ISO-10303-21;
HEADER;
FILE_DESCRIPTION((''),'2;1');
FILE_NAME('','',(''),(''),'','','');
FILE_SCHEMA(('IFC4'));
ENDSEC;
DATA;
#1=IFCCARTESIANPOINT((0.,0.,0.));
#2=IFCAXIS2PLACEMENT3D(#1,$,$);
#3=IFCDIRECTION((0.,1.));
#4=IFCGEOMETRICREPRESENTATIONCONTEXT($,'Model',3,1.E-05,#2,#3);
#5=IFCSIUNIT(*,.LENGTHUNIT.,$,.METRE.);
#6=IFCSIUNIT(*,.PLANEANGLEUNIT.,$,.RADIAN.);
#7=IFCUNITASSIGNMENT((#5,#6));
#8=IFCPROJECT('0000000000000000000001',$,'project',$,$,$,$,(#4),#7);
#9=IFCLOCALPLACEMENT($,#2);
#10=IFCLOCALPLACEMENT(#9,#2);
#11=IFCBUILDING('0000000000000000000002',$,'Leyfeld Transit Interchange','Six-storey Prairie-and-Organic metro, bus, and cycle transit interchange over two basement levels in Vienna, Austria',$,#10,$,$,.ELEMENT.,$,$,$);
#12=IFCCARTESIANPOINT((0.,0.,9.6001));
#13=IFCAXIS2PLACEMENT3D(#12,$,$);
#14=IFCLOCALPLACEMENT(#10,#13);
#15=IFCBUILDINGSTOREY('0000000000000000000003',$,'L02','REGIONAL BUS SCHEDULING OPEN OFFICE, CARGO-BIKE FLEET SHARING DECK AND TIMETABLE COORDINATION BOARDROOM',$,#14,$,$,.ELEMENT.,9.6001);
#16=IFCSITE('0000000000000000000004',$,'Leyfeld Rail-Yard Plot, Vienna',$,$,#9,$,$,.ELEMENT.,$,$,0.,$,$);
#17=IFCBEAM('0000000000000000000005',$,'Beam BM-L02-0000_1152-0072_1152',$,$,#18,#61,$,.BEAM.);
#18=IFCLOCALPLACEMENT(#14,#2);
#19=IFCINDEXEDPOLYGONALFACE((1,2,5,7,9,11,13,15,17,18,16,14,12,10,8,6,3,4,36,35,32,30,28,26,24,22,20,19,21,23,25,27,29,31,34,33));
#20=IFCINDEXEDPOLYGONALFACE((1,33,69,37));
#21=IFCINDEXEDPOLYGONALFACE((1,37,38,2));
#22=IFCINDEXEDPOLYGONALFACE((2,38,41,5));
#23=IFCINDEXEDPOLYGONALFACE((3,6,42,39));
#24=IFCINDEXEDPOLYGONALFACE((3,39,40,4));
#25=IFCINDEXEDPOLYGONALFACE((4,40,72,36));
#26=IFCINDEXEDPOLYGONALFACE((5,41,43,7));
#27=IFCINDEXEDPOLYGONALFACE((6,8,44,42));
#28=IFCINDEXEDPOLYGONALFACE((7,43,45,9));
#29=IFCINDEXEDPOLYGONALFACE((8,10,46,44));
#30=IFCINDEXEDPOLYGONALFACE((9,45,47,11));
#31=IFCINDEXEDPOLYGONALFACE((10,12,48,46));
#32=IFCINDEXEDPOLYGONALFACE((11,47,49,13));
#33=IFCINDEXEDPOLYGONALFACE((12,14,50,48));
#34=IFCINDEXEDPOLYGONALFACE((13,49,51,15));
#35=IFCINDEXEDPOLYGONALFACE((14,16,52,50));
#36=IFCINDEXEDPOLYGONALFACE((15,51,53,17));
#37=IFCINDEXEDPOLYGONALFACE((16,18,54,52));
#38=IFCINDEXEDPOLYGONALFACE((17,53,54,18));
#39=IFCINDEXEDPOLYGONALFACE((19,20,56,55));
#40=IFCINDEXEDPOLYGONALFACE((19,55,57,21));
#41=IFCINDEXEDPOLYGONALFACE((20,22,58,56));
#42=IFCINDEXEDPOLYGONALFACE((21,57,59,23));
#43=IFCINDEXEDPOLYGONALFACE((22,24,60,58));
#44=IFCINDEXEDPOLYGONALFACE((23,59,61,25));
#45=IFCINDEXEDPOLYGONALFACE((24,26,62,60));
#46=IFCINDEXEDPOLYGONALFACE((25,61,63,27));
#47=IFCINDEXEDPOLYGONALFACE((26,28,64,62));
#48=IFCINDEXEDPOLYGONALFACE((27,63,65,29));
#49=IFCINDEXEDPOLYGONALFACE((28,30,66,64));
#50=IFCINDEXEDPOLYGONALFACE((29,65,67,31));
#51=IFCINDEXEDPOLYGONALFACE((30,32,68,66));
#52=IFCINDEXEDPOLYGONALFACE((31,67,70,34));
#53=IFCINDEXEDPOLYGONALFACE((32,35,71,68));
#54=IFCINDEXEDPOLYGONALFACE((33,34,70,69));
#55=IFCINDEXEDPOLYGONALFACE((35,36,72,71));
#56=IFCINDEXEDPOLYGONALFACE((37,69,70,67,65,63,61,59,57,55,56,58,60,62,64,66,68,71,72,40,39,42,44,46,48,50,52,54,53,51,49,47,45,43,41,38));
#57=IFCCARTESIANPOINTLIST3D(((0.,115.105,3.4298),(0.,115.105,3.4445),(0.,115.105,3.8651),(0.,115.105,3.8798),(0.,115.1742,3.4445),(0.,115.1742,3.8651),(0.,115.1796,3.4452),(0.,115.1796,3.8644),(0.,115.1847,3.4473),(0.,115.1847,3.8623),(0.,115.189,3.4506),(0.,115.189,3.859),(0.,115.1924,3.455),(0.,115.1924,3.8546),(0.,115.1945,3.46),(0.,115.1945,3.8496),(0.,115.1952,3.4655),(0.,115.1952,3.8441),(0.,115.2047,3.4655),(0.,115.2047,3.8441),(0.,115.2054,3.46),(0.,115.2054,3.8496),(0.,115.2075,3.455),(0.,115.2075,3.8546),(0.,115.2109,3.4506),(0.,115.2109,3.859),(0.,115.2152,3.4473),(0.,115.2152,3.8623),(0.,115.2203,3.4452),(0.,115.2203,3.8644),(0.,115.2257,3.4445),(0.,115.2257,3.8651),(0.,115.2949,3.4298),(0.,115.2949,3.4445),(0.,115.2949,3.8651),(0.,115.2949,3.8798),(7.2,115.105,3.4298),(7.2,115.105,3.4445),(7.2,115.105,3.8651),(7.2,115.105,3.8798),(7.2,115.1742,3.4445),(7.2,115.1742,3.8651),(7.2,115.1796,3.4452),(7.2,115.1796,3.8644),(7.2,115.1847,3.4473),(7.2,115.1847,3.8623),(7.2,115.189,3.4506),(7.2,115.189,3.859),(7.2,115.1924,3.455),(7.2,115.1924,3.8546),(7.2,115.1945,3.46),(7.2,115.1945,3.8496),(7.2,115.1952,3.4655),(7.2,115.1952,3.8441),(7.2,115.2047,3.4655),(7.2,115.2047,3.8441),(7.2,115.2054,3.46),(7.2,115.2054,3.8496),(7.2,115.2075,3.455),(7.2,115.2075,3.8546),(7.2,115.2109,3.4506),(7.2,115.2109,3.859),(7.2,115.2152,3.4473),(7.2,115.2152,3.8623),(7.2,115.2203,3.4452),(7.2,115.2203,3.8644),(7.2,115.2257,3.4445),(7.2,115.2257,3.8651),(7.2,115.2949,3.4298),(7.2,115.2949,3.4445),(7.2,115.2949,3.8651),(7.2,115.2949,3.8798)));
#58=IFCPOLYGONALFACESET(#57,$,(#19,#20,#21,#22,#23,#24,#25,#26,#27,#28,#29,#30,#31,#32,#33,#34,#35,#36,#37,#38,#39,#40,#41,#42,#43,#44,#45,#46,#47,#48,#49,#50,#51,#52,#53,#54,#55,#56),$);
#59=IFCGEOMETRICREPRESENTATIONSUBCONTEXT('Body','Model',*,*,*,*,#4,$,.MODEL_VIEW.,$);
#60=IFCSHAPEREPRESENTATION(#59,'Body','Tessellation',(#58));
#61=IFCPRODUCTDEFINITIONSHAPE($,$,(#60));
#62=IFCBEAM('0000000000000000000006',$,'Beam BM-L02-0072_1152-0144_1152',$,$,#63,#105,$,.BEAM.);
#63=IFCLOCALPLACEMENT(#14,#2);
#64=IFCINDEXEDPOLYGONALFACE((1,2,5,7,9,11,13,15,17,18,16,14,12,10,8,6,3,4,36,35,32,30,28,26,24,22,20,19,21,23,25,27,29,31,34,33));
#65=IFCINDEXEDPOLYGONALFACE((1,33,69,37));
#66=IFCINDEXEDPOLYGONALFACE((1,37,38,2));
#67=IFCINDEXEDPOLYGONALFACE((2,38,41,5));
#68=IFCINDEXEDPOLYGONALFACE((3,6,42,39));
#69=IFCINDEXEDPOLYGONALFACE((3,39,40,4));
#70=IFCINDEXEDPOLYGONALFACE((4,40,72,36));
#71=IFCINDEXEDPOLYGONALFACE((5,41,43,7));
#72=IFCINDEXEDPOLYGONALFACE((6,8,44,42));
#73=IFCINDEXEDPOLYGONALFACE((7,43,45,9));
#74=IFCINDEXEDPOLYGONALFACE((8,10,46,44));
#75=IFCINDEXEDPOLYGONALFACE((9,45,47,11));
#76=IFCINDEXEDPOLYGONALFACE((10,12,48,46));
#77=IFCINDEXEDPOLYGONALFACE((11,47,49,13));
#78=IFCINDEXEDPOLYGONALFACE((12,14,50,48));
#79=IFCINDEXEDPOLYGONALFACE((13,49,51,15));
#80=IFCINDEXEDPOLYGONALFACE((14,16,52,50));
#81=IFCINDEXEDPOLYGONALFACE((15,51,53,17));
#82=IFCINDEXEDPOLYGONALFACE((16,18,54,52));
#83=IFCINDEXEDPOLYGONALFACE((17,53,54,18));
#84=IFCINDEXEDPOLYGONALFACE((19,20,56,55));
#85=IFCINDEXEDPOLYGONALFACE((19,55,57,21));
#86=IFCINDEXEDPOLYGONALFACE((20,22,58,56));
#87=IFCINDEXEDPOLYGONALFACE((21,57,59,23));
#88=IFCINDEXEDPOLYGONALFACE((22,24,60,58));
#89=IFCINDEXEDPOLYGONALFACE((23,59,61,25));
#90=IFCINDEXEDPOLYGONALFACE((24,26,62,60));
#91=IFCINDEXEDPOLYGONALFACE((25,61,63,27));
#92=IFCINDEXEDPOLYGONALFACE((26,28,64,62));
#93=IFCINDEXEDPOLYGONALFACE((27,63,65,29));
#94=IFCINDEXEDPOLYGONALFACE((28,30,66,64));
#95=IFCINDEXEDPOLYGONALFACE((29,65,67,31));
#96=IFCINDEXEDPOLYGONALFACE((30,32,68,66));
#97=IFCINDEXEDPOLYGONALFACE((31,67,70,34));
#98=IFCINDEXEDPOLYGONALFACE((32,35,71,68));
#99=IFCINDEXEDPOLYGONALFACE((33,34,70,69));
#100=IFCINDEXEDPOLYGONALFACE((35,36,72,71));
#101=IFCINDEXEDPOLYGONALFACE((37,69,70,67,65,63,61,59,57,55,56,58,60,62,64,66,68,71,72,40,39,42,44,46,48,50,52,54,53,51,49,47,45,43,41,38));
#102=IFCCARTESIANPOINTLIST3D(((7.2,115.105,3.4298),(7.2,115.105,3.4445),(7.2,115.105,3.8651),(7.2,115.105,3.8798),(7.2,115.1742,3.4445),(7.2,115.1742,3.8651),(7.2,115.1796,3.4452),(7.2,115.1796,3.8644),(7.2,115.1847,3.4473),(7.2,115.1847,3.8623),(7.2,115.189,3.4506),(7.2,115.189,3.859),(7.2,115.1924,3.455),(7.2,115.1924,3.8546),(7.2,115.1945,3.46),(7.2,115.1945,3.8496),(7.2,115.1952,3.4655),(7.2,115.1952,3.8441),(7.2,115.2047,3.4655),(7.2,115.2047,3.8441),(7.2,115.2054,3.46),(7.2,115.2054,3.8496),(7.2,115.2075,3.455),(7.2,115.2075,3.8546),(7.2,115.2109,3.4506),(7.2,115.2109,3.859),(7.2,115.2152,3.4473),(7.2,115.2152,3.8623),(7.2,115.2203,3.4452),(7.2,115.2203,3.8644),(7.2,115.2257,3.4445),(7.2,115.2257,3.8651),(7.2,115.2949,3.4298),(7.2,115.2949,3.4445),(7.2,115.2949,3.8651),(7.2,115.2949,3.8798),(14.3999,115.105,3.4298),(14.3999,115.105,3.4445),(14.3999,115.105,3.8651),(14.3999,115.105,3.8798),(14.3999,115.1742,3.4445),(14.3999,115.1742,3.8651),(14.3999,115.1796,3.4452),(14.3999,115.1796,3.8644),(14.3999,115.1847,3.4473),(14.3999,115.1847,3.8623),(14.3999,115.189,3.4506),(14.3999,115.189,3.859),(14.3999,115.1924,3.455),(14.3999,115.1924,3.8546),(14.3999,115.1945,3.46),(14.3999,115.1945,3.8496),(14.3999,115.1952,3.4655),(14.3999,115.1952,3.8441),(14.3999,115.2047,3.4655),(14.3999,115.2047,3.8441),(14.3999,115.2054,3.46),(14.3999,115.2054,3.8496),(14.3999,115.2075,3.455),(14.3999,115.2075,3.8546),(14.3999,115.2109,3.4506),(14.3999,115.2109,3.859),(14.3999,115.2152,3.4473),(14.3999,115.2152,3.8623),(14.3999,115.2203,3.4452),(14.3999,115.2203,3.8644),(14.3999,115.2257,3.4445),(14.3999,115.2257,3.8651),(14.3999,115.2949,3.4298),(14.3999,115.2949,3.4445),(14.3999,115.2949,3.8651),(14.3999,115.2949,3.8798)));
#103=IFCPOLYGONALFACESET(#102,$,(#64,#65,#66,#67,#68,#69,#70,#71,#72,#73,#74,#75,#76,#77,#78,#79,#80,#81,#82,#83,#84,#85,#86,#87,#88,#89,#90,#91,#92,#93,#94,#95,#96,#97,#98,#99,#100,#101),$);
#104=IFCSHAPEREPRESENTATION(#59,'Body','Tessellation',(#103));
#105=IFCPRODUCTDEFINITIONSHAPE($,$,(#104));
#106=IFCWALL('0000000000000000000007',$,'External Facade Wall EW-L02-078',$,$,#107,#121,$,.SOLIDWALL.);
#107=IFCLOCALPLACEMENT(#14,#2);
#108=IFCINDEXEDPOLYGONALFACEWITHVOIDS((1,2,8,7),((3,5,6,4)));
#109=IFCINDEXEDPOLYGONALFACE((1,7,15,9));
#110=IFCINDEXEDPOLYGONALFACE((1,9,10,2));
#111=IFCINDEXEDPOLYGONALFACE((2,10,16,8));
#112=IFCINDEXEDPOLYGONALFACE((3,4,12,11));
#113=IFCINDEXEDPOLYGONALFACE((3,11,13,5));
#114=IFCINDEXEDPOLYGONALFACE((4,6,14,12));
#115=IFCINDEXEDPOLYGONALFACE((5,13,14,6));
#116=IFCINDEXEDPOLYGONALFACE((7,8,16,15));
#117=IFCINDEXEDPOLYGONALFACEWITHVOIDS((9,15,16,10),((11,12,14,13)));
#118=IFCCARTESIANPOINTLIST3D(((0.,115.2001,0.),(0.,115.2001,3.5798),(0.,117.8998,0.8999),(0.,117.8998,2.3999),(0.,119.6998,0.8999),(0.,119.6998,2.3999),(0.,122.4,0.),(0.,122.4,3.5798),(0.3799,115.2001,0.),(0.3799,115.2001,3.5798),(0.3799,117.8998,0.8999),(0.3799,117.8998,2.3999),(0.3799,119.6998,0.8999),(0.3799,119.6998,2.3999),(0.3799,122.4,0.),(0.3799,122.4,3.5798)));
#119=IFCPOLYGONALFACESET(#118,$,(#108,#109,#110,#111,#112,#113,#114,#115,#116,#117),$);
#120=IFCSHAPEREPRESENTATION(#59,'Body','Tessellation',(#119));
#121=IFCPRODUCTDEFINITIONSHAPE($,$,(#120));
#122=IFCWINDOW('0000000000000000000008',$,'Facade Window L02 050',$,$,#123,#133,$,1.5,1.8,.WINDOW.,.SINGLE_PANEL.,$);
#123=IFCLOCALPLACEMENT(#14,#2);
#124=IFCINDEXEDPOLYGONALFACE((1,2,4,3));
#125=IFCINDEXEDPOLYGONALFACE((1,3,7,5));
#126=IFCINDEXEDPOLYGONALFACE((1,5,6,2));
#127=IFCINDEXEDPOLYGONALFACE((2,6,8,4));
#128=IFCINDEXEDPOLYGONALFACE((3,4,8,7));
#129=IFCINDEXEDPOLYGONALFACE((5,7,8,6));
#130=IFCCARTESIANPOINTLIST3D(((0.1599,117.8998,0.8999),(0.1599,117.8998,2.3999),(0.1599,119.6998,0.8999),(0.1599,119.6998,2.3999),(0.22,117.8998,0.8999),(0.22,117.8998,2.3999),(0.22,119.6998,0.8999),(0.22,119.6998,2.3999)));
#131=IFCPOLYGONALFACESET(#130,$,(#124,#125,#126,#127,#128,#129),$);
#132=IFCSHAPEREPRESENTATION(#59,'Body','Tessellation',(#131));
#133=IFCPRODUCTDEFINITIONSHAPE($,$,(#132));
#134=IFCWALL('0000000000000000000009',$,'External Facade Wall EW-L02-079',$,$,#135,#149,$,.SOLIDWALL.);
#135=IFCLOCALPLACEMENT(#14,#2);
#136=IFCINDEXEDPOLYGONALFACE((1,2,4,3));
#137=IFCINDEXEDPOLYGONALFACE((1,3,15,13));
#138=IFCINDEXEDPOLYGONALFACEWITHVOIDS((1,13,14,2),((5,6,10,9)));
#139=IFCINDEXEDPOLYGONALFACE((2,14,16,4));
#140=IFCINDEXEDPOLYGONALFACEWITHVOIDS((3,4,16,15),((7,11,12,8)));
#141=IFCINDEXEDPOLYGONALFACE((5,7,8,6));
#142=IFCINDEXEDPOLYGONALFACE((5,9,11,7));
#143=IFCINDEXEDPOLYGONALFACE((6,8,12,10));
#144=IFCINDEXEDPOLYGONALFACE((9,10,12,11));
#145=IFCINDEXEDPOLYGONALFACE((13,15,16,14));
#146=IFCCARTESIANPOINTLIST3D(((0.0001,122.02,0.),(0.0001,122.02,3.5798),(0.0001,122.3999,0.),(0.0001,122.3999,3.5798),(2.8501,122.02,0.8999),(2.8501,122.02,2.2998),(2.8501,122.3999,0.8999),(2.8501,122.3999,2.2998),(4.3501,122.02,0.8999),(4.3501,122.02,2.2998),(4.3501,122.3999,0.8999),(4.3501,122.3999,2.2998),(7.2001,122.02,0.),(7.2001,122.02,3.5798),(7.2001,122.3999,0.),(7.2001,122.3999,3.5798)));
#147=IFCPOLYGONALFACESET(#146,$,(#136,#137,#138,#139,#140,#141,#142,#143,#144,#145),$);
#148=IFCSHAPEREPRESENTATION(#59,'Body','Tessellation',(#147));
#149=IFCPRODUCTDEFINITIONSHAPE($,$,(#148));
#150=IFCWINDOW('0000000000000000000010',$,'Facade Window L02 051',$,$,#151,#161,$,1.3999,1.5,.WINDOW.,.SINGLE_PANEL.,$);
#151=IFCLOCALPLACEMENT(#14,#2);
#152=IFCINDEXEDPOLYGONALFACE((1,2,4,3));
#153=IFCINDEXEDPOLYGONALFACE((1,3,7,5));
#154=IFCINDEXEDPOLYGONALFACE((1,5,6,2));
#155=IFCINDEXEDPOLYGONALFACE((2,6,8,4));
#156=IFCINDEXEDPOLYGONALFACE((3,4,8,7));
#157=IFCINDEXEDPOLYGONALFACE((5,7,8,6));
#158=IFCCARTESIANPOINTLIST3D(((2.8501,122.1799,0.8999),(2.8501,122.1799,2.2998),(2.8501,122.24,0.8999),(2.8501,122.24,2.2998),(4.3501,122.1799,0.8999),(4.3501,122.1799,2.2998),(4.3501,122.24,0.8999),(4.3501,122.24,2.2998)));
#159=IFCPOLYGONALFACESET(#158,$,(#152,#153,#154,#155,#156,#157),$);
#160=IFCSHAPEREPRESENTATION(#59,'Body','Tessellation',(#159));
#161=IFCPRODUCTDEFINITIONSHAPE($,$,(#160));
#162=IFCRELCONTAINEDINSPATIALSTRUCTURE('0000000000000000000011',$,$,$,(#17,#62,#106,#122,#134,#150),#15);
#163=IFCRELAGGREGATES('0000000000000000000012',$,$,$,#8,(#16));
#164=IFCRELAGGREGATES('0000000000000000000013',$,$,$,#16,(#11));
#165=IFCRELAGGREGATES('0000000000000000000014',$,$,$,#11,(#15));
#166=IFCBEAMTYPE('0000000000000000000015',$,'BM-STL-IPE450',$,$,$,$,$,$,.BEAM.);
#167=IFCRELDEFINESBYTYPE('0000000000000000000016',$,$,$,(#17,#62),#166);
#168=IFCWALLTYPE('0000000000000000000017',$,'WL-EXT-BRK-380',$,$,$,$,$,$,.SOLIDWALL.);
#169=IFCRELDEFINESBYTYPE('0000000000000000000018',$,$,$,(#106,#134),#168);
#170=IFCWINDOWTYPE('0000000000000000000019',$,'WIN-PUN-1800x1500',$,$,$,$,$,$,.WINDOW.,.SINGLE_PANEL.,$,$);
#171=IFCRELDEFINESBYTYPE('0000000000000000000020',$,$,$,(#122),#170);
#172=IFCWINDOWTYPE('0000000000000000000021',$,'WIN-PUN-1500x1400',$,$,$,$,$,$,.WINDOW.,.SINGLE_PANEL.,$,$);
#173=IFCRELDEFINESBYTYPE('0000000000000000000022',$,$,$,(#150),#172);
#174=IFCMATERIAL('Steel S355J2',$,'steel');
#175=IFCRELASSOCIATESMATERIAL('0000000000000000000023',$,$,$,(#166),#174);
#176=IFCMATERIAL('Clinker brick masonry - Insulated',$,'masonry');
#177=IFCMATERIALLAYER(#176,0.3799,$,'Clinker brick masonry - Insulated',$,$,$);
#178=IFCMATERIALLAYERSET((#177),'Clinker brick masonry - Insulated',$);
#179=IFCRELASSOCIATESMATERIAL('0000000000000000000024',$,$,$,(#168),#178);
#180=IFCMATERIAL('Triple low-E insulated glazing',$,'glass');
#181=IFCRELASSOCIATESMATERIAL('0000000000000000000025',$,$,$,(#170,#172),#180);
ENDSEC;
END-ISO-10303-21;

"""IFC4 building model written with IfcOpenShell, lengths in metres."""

from ifc_helpers import new_model, si_unit, direction, frame, frame_2d, origin, origin_2d, place, context, subcontext, project, spatial, rectangle, i_section, extrude, material, layer, layer_set, material_profile, profile_set, type_object, element, fill, save


model = new_model("IFC4")

# Units and contexts
model_context = context("Model", 3, precision=1e-05, world=origin(), true_north=direction((0.0, 1.0)))
body_context = subcontext(model_context, "Body", "Model", "MODEL_VIEW")
ifc_project = project(units=[si_unit("LENGTHUNIT", "METRE"), si_unit("PLANEANGLEUNIT", "RADIAN")], contexts=[model_context])

# Site, building, storey
site_placement = place(None, origin())
site = spatial("IfcSite", under=ifc_project, at=site_placement, Name="Leyfeld Rail-Yard Plot, Vienna", CompositionType="ELEMENT", RefElevation=0.0)
building_placement = place(site_placement, origin())
building = spatial("IfcBuilding", under=site, at=building_placement, Name="Leyfeld Transit Interchange", Description="Six-storey Prairie-and-Organic metro, bus, and cycle transit interchange over two basement levels in Vienna, Austria", CompositionType="ELEMENT")
storey_placement = place(building_placement, frame((0.0, 0.0, 9.6001)))
storey = spatial("IfcBuildingStorey", under=building, at=storey_placement, Name="L02", Description="REGIONAL BUS SCHEDULING OPEN OFFICE, CARGO-BIKE FLEET SHARING DECK AND TIMETABLE COORDINATION BOARDROOM", CompositionType="ELEMENT", Elevation=9.6001)

# Beams
ifc_material_1 = material(Name="Steel S355J2", Category="steel")
ifc_material_profile_1 = material_profile(ifc_material_1, i_section(OverallWidth=0.1899, OverallDepth=0.45, WebThickness=0.0095, FlangeThickness=0.0146, FilletRadius=0.021, at=origin_2d()), Name="IPE 450")
ifc_profile_set_1 = profile_set([ifc_material_profile_1], Name="Steel S355J2")
beam_type_1 = type_object("IfcBeamType", Name="BM-STL-IPE450", PredefinedType="BEAM", material=ifc_profile_set_1)
for number, where, z_axis, x_axis, name in (
    (1, (0.0, 115.2, 3.6548), (1.0, 0.0, 0.0), (0.0, 1.0, 0.0), "Beam BM-L02-0000_1152-0072_1152"),
    (2, (7.2, 115.2, 3.6548), (1.0, 0.0, 0.0), (0.0, 1.0, 0.0), "Beam BM-L02-0072_1152-0144_1152"),
):
    element("IfcBeam", number, at=place(storey_placement, frame(where, z_axis=z_axis, x_axis=x_axis)), inside=storey, type_object=beam_type_1, Name=name, PredefinedType="BEAM", context=body_context, shape_type="SweptSolid", body=[
        extrude(i_section(OverallWidth=0.1899, OverallDepth=0.45, WebThickness=0.0095, FlangeThickness=0.0146, FilletRadius=0.021, at=origin_2d()), origin(), (0.0, 0.0, 1.0), 7.2),
    ])

# Walls, openings, windows
ifc_material_2 = material(Name="Clinker brick masonry - Insulated", Category="masonry")
ifc_layer_1 = layer(ifc_material_2, 0.3799, Name="Clinker brick masonry - Insulated")
ifc_layer_set_1 = layer_set([ifc_layer_1], Name="Clinker brick masonry - Insulated")
wall_type_1 = type_object("IfcWallType", Name="WL-EXT-BRK-380", PredefinedType="SOLIDWALL", material=ifc_layer_set_1)
wall_1_placement = place(storey_placement, frame((0.1899, 115.2, 0.0), z_axis=(0.0, 0.0, 1.0), x_axis=(0.0, 1.0, 0.0)))
wall_1 = element("IfcWall", 3, at=wall_1_placement, inside=storey, type_object=wall_type_1, Name="External Facade Wall EW-L02-078", PredefinedType="SOLIDWALL", context=body_context, shape_type="SweptSolid", body=[
    extrude(rectangle(XDim=7.2, YDim=0.3799, at=frame_2d((3.6001, 0.0))), origin(), (0.0, 0.0, 1.0), 3.5798),
])
opening_1_placement = place(wall_1_placement, frame((2.7, 0.0, 0.8999)))
opening_1 = element("IfcOpeningElement", 4, at=opening_1_placement, cuts=wall_1, PredefinedType="OPENING", context=body_context, shape_type="SweptSolid", body=[
    extrude(rectangle(XDim=1.8, YDim=1.5, at=frame_2d((0.8999, 0.75))), frame((0.0, 0.2, 0.0), z_axis=(0.0, -1.0, 0.0), x_axis=(1.0, 0.0, 0.0)), (0.0, 0.0, 1.0), 0.3999),
])
ifc_material_3 = material(Name="Triple low-E insulated glazing", Category="glass")
window_type_1 = type_object("IfcWindowType", Name="WIN-PUN-1800x1500", PartitioningType="SINGLE_PANEL", PredefinedType="WINDOW", material=ifc_material_3)
window_1_placement = place(opening_1_placement, origin())
window_1 = element("IfcWindow", 5, at=window_1_placement, inside=storey, type_object=window_type_1, Name="Facade Window L02 050", OverallHeight=1.5, OverallWidth=1.8, PartitioningType="SINGLE_PANEL", PredefinedType="WINDOW", context=body_context, shape_type="SweptSolid", body=[
    extrude(rectangle(XDim=1.8, YDim=1.5, at=frame_2d((0.8999, 0.75))), frame((0.0, 0.03, 0.0), z_axis=(0.0, -1.0, 0.0), x_axis=(1.0, 0.0, 0.0)), (0.0, 0.0, 1.0), 0.0601),
])
fill(opening_1, window_1)
wall_2_placement = place(storey_placement, frame((0.0, 122.21, 0.0), z_axis=(0.0, 0.0, 1.0), x_axis=(1.0, 0.0, 0.0)))
wall_2 = element("IfcWall", 6, at=wall_2_placement, inside=storey, type_object=wall_type_1, Name="External Facade Wall EW-L02-079", PredefinedType="SOLIDWALL", context=body_context, shape_type="SweptSolid", body=[
    extrude(rectangle(XDim=7.2, YDim=0.3799, at=frame_2d((3.6001, 0.0))), origin(), (0.0, 0.0, 1.0), 3.5798),
])
opening_2_placement = place(wall_2_placement, frame((2.8501, 0.0, 0.8999)))
opening_2 = element("IfcOpeningElement", 7, at=opening_2_placement, cuts=wall_2, PredefinedType="OPENING", context=body_context, shape_type="SweptSolid", body=[
    extrude(rectangle(XDim=1.5, YDim=1.3999, at=frame_2d((0.75, 0.7))), frame((0.0, 0.2, 0.0), z_axis=(0.0, -1.0, 0.0), x_axis=(1.0, 0.0, 0.0)), (0.0, 0.0, 1.0), 0.3999),
])
window_type_2 = type_object("IfcWindowType", Name="WIN-PUN-1500x1400", PartitioningType="SINGLE_PANEL", PredefinedType="WINDOW", material=ifc_material_3)
window_2_placement = place(opening_2_placement, origin())
window_2 = element("IfcWindow", 8, at=window_2_placement, inside=storey, type_object=window_type_2, Name="Facade Window L02 051", OverallHeight=1.3999, OverallWidth=1.5, PartitioningType="SINGLE_PANEL", PredefinedType="WINDOW", context=body_context, shape_type="SweptSolid", body=[
    extrude(rectangle(XDim=1.5, YDim=1.3999, at=frame_2d((0.75, 0.7))), frame((0.0, 0.03, 0.0), z_axis=(0.0, -1.0, 0.0), x_axis=(1.0, 0.0, 0.0)), (0.0, 0.0, 1.0), 0.0601),
])
fill(opening_2, window_2)

save(model, "model.ifc")
